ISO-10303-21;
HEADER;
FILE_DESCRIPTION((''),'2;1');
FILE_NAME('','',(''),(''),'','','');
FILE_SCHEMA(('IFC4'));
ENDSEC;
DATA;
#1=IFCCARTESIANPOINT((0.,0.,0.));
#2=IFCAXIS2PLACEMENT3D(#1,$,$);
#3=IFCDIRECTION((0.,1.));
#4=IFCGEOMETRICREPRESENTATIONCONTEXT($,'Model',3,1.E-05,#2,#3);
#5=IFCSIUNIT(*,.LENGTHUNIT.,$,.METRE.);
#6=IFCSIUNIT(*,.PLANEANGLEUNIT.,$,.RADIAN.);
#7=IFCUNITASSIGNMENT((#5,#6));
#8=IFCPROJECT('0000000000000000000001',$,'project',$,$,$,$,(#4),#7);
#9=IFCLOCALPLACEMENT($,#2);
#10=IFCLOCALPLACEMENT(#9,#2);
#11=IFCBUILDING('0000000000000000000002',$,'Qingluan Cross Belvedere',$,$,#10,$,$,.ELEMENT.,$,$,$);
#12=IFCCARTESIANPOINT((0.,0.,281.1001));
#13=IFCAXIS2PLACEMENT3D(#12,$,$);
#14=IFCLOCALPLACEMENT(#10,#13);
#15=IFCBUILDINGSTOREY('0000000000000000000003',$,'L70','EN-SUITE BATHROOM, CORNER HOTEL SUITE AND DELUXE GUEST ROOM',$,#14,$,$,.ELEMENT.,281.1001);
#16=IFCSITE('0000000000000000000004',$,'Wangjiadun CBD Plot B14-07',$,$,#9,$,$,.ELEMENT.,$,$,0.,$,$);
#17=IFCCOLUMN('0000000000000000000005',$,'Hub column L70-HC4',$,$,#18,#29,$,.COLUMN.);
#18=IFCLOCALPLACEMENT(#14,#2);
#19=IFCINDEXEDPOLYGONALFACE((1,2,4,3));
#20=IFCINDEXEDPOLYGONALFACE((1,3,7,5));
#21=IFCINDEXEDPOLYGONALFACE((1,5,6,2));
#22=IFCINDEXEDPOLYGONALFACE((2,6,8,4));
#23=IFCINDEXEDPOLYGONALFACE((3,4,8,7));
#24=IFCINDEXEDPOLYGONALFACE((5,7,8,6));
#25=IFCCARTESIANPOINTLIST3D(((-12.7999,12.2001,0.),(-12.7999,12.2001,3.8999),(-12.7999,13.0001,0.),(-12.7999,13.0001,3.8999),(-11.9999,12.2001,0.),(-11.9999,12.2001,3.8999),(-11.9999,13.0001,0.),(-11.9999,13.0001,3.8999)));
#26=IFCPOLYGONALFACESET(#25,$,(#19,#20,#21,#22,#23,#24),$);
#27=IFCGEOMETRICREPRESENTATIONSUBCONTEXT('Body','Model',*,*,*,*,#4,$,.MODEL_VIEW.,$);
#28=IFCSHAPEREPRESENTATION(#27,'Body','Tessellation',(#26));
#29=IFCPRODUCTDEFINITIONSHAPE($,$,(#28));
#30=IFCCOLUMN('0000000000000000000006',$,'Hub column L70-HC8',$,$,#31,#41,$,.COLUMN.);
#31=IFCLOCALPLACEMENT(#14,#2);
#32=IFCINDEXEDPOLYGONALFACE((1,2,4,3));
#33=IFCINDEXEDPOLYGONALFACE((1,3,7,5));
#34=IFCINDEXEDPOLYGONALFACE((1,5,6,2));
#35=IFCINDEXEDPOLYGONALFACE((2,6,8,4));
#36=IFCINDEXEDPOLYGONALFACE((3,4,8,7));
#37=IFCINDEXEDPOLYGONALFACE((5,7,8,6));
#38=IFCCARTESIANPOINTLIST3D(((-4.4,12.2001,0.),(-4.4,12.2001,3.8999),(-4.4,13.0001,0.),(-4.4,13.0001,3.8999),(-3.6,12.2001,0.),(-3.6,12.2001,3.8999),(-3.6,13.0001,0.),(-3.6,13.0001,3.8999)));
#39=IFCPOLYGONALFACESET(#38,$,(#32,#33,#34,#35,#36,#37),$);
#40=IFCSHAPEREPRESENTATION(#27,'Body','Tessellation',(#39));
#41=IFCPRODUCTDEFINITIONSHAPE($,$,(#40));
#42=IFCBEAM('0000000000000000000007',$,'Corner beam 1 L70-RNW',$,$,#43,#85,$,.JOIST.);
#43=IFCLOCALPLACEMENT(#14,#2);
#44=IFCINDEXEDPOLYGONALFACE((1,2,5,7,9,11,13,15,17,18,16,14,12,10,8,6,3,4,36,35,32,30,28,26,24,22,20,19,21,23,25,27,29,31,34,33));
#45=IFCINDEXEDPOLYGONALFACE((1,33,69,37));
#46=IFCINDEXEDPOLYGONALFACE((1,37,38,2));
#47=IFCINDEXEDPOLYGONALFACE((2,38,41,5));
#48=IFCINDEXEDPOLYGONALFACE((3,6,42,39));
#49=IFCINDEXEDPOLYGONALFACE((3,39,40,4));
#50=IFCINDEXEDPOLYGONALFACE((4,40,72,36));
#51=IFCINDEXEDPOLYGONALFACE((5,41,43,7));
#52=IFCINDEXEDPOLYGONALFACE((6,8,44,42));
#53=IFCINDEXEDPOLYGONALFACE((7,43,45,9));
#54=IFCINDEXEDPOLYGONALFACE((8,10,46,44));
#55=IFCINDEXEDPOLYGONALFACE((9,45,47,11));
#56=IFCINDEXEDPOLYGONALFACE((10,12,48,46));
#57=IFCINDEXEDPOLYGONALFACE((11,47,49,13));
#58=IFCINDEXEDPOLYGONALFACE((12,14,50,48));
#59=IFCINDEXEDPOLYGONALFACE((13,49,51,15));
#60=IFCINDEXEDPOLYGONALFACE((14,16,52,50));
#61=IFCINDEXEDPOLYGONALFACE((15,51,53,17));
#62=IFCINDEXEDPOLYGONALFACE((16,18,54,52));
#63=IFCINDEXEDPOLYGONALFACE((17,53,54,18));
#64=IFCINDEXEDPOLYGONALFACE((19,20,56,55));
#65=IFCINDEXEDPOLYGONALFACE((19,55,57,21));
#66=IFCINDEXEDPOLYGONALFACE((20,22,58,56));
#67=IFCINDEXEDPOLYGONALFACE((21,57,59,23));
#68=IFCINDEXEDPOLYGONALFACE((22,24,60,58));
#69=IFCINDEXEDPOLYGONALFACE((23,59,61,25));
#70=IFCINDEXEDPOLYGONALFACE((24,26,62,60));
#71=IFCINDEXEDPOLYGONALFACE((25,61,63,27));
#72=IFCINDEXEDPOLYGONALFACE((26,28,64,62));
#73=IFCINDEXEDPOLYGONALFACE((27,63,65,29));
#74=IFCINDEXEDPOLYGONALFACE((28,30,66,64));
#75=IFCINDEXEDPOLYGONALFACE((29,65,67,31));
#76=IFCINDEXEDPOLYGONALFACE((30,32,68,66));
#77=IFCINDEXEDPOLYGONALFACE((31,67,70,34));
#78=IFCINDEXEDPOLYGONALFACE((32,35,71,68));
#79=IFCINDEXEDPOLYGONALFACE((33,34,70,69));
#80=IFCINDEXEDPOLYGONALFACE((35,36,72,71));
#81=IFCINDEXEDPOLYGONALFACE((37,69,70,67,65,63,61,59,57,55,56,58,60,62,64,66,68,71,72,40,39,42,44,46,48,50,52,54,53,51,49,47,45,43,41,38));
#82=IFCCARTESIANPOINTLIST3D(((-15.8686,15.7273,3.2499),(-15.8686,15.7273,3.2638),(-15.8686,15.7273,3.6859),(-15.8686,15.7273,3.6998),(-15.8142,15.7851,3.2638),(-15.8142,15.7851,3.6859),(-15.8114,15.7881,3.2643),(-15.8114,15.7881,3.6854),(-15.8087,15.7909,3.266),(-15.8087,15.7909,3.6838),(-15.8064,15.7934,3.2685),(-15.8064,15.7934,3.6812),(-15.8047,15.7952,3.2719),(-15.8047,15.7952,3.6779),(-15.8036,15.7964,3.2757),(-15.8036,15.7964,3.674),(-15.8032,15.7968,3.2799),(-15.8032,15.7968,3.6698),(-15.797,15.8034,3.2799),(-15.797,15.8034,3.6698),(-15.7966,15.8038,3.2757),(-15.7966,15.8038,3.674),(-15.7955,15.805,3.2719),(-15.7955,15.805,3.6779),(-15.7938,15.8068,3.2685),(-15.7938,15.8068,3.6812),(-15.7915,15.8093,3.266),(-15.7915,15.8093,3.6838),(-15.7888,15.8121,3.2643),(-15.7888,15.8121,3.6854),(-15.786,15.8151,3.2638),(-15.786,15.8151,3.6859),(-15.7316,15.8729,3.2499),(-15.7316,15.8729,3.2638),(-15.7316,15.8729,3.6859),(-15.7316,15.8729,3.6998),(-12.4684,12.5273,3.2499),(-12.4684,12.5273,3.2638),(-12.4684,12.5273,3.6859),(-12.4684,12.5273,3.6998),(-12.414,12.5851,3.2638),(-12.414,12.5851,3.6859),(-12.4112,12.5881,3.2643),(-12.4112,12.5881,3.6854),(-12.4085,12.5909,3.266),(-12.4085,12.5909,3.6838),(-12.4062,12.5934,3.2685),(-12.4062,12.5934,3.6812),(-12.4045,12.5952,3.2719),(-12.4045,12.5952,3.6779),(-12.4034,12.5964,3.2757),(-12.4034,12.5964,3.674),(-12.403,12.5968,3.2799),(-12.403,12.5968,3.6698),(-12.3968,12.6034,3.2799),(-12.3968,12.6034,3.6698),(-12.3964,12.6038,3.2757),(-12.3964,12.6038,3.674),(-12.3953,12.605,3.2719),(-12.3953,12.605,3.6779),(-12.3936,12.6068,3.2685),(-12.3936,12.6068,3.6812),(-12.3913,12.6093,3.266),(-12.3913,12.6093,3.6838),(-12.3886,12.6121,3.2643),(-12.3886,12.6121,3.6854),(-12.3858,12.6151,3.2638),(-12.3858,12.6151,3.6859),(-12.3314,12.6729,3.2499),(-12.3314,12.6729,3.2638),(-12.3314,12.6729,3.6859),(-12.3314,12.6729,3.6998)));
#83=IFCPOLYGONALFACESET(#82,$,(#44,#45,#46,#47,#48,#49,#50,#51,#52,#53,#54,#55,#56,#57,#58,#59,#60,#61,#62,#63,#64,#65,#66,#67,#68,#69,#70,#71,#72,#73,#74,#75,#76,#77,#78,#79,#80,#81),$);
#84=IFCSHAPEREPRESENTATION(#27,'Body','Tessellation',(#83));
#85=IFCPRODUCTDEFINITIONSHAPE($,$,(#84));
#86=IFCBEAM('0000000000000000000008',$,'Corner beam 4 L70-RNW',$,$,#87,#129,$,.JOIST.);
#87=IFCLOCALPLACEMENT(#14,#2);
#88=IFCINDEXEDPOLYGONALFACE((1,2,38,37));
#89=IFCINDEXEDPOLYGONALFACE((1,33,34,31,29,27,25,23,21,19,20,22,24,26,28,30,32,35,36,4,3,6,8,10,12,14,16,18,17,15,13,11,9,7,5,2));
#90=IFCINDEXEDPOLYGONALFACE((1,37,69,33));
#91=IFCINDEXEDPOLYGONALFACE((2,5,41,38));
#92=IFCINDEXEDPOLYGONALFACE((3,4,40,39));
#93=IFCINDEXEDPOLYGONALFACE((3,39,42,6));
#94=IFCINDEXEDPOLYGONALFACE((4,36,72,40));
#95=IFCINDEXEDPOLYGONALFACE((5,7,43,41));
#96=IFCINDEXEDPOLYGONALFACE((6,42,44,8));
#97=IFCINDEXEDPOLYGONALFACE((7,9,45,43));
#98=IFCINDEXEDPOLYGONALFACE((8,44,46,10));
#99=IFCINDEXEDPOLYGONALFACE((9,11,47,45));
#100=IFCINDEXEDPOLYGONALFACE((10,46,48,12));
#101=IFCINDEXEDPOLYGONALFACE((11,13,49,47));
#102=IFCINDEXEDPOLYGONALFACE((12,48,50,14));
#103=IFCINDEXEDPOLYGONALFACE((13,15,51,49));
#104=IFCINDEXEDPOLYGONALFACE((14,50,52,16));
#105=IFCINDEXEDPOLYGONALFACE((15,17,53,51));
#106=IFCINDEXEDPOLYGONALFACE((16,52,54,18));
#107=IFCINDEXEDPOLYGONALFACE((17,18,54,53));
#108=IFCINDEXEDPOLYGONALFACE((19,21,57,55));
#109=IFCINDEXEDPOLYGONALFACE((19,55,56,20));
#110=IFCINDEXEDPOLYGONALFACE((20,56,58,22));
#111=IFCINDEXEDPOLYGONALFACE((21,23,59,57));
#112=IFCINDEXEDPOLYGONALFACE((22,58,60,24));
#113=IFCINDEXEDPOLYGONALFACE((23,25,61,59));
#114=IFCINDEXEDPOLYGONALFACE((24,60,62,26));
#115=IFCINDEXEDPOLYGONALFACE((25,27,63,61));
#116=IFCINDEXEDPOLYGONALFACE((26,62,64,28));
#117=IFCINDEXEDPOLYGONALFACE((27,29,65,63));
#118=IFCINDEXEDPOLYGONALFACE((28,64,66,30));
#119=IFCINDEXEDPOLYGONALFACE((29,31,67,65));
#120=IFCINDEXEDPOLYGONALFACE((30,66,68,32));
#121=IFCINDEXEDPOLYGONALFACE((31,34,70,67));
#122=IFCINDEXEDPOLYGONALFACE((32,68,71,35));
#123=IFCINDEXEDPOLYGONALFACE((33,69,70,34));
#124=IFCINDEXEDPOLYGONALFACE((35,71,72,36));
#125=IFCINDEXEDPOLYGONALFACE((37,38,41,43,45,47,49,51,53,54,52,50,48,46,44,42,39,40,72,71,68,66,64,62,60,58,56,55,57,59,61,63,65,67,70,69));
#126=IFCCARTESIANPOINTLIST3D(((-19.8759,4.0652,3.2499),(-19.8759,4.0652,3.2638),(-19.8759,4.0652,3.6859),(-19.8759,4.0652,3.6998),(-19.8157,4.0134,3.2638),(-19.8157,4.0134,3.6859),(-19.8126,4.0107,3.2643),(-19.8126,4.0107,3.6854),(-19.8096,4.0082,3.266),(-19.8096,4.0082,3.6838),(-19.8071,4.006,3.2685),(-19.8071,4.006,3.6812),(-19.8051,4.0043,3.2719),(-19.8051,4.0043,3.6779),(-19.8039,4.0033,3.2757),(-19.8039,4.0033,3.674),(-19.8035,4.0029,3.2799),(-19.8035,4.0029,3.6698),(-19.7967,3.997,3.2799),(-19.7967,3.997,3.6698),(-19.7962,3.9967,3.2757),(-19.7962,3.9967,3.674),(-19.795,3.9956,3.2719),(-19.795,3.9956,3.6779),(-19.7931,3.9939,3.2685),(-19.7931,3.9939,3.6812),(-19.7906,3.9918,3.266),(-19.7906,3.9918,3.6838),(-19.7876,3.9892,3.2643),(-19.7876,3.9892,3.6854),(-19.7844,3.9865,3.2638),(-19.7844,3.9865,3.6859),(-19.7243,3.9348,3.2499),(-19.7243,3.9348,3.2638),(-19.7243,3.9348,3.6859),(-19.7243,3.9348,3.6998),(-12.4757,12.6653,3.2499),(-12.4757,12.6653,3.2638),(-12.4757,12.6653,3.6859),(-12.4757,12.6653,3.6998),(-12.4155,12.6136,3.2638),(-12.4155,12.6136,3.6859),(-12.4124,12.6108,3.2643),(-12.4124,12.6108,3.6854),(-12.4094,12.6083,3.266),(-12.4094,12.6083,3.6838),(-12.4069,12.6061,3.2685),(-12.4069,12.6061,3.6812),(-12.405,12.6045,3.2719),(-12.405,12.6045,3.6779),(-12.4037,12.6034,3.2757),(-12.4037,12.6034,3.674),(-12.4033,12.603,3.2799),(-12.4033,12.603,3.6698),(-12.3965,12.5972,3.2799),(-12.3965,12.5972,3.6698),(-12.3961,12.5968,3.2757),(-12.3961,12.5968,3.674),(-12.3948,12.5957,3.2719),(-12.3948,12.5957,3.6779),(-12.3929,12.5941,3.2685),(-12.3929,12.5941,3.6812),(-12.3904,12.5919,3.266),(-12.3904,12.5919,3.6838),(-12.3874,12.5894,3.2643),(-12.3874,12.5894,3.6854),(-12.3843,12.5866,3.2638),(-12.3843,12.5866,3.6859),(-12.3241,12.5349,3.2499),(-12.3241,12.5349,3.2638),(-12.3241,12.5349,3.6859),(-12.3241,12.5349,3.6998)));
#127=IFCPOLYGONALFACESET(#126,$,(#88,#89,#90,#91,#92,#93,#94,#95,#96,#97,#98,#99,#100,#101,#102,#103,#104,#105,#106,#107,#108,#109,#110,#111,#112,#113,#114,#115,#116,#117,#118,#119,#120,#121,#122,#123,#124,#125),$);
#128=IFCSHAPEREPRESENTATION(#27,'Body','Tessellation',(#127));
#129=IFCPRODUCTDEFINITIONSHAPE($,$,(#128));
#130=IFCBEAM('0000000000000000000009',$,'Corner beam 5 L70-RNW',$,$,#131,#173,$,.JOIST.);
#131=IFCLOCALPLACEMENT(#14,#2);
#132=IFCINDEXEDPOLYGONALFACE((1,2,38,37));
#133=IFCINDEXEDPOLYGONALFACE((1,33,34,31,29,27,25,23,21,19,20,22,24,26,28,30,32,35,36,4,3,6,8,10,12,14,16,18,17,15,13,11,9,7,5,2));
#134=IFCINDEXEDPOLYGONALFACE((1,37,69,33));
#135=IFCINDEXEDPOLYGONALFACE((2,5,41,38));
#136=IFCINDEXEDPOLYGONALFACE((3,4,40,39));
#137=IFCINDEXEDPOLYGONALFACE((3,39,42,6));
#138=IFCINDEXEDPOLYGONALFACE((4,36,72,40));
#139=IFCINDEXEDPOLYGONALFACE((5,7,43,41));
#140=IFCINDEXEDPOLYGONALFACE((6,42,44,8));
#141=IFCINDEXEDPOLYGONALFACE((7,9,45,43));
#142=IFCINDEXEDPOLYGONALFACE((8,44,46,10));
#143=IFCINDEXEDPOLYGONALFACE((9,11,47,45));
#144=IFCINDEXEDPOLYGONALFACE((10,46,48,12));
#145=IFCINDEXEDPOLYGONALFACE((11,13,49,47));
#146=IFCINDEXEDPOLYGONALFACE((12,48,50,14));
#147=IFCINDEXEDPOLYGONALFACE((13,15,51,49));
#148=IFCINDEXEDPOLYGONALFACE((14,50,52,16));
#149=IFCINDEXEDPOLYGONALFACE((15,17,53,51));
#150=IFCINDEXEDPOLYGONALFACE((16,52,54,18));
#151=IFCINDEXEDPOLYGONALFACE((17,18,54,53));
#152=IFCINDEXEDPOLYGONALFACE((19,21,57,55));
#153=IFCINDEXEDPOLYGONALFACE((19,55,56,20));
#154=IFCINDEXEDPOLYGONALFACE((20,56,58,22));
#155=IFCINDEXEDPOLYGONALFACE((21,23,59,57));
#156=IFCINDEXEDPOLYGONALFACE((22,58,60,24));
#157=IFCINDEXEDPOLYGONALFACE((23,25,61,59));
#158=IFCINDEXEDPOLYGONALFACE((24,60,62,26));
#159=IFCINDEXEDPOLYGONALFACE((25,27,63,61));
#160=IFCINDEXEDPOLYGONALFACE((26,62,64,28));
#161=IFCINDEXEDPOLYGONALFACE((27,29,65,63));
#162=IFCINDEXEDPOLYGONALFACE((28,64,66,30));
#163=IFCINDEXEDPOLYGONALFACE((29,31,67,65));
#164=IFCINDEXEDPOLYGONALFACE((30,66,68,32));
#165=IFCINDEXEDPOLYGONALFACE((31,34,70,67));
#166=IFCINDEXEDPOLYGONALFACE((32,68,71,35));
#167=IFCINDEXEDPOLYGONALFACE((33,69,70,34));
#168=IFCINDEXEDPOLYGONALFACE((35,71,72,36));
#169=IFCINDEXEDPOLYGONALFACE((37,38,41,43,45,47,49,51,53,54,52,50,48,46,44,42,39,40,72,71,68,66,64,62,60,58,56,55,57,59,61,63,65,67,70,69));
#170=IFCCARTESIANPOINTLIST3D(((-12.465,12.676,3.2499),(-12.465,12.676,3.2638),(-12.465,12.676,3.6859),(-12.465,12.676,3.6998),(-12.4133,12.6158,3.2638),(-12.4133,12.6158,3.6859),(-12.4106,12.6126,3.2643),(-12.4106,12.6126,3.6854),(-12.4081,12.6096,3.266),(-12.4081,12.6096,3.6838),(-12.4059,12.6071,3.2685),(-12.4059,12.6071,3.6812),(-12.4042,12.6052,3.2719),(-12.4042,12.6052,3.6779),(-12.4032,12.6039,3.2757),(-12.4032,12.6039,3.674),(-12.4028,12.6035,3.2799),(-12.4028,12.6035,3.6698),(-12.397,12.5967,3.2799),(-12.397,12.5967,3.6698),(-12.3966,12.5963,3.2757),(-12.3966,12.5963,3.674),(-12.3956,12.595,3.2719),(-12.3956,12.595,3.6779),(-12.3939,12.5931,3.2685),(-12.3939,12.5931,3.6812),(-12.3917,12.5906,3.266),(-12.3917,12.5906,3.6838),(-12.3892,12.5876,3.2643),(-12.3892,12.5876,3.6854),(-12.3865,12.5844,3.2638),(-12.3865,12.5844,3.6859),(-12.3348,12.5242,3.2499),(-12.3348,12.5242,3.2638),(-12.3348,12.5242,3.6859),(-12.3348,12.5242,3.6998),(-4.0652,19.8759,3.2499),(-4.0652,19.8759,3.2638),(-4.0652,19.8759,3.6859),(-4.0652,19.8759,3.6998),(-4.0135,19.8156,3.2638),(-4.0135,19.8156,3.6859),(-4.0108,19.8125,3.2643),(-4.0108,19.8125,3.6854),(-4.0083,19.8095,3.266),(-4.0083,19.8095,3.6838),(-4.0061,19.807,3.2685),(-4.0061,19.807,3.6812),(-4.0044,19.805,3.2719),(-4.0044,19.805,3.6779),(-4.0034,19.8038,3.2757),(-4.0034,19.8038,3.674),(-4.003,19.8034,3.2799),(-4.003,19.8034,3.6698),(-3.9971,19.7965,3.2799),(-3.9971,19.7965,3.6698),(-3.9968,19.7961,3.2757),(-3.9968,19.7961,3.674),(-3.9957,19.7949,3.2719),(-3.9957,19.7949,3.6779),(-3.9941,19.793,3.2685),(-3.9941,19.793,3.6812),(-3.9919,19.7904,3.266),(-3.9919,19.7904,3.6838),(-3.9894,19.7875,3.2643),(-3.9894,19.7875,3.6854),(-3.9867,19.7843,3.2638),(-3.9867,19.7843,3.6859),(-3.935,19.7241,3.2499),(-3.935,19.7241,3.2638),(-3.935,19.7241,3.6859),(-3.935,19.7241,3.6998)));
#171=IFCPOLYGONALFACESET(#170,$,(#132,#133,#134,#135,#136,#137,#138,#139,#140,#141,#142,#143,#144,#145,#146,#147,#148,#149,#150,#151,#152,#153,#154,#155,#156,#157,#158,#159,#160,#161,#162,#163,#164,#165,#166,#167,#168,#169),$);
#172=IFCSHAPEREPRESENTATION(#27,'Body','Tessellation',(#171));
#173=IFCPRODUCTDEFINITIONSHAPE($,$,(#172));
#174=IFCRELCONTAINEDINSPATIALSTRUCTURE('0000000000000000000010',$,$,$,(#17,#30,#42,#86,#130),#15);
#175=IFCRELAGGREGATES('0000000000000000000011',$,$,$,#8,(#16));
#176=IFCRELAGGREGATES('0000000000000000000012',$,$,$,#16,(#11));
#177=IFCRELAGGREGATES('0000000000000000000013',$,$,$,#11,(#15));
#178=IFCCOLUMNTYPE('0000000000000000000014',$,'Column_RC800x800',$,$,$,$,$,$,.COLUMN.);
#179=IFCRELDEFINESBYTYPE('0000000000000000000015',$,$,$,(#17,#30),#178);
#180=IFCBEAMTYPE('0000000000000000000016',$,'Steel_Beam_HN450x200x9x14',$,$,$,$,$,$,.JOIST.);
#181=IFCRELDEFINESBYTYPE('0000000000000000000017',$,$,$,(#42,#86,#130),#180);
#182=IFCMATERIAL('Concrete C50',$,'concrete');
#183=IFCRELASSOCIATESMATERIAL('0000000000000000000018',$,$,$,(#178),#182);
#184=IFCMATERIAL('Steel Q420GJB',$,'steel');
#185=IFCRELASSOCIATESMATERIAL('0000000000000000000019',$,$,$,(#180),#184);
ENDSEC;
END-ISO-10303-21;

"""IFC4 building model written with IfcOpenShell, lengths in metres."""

from ifc_helpers import new_model, si_unit, direction, frame, origin, origin_2d, place, context, subcontext, project, spatial, rectangle, i_section, extrude, material, material_profile, profile_set, type_object, element, save


model = new_model("IFC4")

# Units and contexts
model_context = context("Model", 3, precision=1e-05, world=origin(), true_north=direction((0.0, 1.0)))
body_context = subcontext(model_context, "Body", "Model", "MODEL_VIEW")
ifc_project = project(units=[si_unit("LENGTHUNIT", "METRE"), si_unit("PLANEANGLEUNIT", "RADIAN")], contexts=[model_context])

# Site, building, storey
site_placement = place(None, origin())
site = spatial("IfcSite", under=ifc_project, at=site_placement, Name="Wangjiadun CBD Plot B14-07", CompositionType="ELEMENT", RefElevation=0.0)
building_placement = place(site_placement, origin())
building = spatial("IfcBuilding", under=site, at=building_placement, Name="Qingluan Cross Belvedere", CompositionType="ELEMENT")
storey_placement = place(building_placement, frame((0.0, 0.0, 281.1001)))
storey = spatial("IfcBuildingStorey", under=building, at=storey_placement, Name="L70", Description="EN-SUITE BATHROOM, CORNER HOTEL SUITE AND DELUXE GUEST ROOM", CompositionType="ELEMENT", Elevation=281.1001)

# Columns
ifc_material_1 = material(Name="Concrete C50", Category="concrete")
ifc_material_profile_1 = material_profile(ifc_material_1, rectangle(XDim=0.8, YDim=0.8, at=origin_2d()), Name="RC800x800")
ifc_profile_set_1 = profile_set([ifc_material_profile_1], Name="Concrete C50")
column_type = type_object("IfcColumnType", Name="Column_RC800x800", PredefinedType="COLUMN", material=ifc_profile_set_1)
for number, where, z_axis, x_axis, name in (
    (1, (-12.3999, 12.6001, 0.0), (0.0, 0.0, 1.0), (1.0, 0.0, 0.0), "Hub column L70-HC4"),
    (2, (-4.0, 12.6001, 0.0), (0.0, 0.0, 1.0), (1.0, 0.0, 0.0), "Hub column L70-HC8"),
):
    element("IfcColumn", number, at=place(storey_placement, frame(where, z_axis=z_axis, x_axis=x_axis)), inside=storey, type_object=column_type, Name=name, PredefinedType="COLUMN", context=body_context, shape_type="SweptSolid", body=[
        extrude(rectangle(XDim=0.8, YDim=0.8, at=origin_2d()), origin(), (0.0, 0.0, 1.0), 3.8999),
    ])

# Beams
ifc_material_2 = material(Name="Steel Q420GJB", Category="steel")
ifc_material_profile_2 = material_profile(ifc_material_2, i_section(OverallWidth=0.2, OverallDepth=0.45, WebThickness=0.009, FlangeThickness=0.0139, FilletRadius=0.0161, at=origin_2d()), Name="HN450x200x9x14")
ifc_profile_set_2 = profile_set([ifc_material_profile_2], Name="Steel Q420GJB")
beam_type_1 = type_object("IfcBeamType", Name="Steel_Beam_HN450x200x9x14", PredefinedType="JOIST", material=ifc_profile_set_2)
beam_1_placement = place(storey_placement, frame((-12.3999, 12.6001, 3.4749), z_axis=(-0.72822, 0.685343, 0.0), x_axis=(-0.685343, -0.72822, 0.0)))
element("IfcBeam", 3, at=beam_1_placement, inside=storey, type_object=beam_type_1, Name="Corner beam 1 L70-RNW", PredefinedType="JOIST", context=body_context, shape_type="SweptSolid", body=[
    extrude(i_section(OverallWidth=0.2, OverallDepth=0.45, WebThickness=0.009, FlangeThickness=0.0139, FilletRadius=0.0161, at=origin_2d()), origin(), (0.0, 0.0, 1.0), 4.6692),
])
beam_2_placement = place(storey_placement, frame((-12.3999, 12.6001, 3.4749), z_axis=(-0.652245, -0.758008, 0.0), x_axis=(0.758008, -0.652245, 0.0)))
element("IfcBeam", 4, at=beam_2_placement, inside=storey, type_object=beam_type_1, Name="Corner beam 4 L70-RNW", PredefinedType="JOIST", context=body_context, shape_type="SweptSolid", body=[
    extrude(i_section(OverallWidth=0.2, OverallDepth=0.45, WebThickness=0.009, FlangeThickness=0.0139, FilletRadius=0.0161, at=origin_2d()), origin(), (0.0, 0.0, 1.0), 11.3457),
])
beam_3_placement = place(storey_placement, frame((-12.3999, 12.6001, 3.4749), z_axis=(0.759255, 0.650793, 0.0), x_axis=(-0.650793, 0.759255, 0.0)))
element("IfcBeam", 5, at=beam_3_placement, inside=storey, type_object=beam_type_1, Name="Corner beam 5 L70-RNW", PredefinedType="JOIST", context=body_context, shape_type="SweptSolid", body=[
    extrude(i_section(OverallWidth=0.2, OverallDepth=0.45, WebThickness=0.009, FlangeThickness=0.0139, FilletRadius=0.0161, at=origin_2d()), origin(), (0.0, 0.0, 1.0), 11.0632),
])

save(model, "model.ifc")
